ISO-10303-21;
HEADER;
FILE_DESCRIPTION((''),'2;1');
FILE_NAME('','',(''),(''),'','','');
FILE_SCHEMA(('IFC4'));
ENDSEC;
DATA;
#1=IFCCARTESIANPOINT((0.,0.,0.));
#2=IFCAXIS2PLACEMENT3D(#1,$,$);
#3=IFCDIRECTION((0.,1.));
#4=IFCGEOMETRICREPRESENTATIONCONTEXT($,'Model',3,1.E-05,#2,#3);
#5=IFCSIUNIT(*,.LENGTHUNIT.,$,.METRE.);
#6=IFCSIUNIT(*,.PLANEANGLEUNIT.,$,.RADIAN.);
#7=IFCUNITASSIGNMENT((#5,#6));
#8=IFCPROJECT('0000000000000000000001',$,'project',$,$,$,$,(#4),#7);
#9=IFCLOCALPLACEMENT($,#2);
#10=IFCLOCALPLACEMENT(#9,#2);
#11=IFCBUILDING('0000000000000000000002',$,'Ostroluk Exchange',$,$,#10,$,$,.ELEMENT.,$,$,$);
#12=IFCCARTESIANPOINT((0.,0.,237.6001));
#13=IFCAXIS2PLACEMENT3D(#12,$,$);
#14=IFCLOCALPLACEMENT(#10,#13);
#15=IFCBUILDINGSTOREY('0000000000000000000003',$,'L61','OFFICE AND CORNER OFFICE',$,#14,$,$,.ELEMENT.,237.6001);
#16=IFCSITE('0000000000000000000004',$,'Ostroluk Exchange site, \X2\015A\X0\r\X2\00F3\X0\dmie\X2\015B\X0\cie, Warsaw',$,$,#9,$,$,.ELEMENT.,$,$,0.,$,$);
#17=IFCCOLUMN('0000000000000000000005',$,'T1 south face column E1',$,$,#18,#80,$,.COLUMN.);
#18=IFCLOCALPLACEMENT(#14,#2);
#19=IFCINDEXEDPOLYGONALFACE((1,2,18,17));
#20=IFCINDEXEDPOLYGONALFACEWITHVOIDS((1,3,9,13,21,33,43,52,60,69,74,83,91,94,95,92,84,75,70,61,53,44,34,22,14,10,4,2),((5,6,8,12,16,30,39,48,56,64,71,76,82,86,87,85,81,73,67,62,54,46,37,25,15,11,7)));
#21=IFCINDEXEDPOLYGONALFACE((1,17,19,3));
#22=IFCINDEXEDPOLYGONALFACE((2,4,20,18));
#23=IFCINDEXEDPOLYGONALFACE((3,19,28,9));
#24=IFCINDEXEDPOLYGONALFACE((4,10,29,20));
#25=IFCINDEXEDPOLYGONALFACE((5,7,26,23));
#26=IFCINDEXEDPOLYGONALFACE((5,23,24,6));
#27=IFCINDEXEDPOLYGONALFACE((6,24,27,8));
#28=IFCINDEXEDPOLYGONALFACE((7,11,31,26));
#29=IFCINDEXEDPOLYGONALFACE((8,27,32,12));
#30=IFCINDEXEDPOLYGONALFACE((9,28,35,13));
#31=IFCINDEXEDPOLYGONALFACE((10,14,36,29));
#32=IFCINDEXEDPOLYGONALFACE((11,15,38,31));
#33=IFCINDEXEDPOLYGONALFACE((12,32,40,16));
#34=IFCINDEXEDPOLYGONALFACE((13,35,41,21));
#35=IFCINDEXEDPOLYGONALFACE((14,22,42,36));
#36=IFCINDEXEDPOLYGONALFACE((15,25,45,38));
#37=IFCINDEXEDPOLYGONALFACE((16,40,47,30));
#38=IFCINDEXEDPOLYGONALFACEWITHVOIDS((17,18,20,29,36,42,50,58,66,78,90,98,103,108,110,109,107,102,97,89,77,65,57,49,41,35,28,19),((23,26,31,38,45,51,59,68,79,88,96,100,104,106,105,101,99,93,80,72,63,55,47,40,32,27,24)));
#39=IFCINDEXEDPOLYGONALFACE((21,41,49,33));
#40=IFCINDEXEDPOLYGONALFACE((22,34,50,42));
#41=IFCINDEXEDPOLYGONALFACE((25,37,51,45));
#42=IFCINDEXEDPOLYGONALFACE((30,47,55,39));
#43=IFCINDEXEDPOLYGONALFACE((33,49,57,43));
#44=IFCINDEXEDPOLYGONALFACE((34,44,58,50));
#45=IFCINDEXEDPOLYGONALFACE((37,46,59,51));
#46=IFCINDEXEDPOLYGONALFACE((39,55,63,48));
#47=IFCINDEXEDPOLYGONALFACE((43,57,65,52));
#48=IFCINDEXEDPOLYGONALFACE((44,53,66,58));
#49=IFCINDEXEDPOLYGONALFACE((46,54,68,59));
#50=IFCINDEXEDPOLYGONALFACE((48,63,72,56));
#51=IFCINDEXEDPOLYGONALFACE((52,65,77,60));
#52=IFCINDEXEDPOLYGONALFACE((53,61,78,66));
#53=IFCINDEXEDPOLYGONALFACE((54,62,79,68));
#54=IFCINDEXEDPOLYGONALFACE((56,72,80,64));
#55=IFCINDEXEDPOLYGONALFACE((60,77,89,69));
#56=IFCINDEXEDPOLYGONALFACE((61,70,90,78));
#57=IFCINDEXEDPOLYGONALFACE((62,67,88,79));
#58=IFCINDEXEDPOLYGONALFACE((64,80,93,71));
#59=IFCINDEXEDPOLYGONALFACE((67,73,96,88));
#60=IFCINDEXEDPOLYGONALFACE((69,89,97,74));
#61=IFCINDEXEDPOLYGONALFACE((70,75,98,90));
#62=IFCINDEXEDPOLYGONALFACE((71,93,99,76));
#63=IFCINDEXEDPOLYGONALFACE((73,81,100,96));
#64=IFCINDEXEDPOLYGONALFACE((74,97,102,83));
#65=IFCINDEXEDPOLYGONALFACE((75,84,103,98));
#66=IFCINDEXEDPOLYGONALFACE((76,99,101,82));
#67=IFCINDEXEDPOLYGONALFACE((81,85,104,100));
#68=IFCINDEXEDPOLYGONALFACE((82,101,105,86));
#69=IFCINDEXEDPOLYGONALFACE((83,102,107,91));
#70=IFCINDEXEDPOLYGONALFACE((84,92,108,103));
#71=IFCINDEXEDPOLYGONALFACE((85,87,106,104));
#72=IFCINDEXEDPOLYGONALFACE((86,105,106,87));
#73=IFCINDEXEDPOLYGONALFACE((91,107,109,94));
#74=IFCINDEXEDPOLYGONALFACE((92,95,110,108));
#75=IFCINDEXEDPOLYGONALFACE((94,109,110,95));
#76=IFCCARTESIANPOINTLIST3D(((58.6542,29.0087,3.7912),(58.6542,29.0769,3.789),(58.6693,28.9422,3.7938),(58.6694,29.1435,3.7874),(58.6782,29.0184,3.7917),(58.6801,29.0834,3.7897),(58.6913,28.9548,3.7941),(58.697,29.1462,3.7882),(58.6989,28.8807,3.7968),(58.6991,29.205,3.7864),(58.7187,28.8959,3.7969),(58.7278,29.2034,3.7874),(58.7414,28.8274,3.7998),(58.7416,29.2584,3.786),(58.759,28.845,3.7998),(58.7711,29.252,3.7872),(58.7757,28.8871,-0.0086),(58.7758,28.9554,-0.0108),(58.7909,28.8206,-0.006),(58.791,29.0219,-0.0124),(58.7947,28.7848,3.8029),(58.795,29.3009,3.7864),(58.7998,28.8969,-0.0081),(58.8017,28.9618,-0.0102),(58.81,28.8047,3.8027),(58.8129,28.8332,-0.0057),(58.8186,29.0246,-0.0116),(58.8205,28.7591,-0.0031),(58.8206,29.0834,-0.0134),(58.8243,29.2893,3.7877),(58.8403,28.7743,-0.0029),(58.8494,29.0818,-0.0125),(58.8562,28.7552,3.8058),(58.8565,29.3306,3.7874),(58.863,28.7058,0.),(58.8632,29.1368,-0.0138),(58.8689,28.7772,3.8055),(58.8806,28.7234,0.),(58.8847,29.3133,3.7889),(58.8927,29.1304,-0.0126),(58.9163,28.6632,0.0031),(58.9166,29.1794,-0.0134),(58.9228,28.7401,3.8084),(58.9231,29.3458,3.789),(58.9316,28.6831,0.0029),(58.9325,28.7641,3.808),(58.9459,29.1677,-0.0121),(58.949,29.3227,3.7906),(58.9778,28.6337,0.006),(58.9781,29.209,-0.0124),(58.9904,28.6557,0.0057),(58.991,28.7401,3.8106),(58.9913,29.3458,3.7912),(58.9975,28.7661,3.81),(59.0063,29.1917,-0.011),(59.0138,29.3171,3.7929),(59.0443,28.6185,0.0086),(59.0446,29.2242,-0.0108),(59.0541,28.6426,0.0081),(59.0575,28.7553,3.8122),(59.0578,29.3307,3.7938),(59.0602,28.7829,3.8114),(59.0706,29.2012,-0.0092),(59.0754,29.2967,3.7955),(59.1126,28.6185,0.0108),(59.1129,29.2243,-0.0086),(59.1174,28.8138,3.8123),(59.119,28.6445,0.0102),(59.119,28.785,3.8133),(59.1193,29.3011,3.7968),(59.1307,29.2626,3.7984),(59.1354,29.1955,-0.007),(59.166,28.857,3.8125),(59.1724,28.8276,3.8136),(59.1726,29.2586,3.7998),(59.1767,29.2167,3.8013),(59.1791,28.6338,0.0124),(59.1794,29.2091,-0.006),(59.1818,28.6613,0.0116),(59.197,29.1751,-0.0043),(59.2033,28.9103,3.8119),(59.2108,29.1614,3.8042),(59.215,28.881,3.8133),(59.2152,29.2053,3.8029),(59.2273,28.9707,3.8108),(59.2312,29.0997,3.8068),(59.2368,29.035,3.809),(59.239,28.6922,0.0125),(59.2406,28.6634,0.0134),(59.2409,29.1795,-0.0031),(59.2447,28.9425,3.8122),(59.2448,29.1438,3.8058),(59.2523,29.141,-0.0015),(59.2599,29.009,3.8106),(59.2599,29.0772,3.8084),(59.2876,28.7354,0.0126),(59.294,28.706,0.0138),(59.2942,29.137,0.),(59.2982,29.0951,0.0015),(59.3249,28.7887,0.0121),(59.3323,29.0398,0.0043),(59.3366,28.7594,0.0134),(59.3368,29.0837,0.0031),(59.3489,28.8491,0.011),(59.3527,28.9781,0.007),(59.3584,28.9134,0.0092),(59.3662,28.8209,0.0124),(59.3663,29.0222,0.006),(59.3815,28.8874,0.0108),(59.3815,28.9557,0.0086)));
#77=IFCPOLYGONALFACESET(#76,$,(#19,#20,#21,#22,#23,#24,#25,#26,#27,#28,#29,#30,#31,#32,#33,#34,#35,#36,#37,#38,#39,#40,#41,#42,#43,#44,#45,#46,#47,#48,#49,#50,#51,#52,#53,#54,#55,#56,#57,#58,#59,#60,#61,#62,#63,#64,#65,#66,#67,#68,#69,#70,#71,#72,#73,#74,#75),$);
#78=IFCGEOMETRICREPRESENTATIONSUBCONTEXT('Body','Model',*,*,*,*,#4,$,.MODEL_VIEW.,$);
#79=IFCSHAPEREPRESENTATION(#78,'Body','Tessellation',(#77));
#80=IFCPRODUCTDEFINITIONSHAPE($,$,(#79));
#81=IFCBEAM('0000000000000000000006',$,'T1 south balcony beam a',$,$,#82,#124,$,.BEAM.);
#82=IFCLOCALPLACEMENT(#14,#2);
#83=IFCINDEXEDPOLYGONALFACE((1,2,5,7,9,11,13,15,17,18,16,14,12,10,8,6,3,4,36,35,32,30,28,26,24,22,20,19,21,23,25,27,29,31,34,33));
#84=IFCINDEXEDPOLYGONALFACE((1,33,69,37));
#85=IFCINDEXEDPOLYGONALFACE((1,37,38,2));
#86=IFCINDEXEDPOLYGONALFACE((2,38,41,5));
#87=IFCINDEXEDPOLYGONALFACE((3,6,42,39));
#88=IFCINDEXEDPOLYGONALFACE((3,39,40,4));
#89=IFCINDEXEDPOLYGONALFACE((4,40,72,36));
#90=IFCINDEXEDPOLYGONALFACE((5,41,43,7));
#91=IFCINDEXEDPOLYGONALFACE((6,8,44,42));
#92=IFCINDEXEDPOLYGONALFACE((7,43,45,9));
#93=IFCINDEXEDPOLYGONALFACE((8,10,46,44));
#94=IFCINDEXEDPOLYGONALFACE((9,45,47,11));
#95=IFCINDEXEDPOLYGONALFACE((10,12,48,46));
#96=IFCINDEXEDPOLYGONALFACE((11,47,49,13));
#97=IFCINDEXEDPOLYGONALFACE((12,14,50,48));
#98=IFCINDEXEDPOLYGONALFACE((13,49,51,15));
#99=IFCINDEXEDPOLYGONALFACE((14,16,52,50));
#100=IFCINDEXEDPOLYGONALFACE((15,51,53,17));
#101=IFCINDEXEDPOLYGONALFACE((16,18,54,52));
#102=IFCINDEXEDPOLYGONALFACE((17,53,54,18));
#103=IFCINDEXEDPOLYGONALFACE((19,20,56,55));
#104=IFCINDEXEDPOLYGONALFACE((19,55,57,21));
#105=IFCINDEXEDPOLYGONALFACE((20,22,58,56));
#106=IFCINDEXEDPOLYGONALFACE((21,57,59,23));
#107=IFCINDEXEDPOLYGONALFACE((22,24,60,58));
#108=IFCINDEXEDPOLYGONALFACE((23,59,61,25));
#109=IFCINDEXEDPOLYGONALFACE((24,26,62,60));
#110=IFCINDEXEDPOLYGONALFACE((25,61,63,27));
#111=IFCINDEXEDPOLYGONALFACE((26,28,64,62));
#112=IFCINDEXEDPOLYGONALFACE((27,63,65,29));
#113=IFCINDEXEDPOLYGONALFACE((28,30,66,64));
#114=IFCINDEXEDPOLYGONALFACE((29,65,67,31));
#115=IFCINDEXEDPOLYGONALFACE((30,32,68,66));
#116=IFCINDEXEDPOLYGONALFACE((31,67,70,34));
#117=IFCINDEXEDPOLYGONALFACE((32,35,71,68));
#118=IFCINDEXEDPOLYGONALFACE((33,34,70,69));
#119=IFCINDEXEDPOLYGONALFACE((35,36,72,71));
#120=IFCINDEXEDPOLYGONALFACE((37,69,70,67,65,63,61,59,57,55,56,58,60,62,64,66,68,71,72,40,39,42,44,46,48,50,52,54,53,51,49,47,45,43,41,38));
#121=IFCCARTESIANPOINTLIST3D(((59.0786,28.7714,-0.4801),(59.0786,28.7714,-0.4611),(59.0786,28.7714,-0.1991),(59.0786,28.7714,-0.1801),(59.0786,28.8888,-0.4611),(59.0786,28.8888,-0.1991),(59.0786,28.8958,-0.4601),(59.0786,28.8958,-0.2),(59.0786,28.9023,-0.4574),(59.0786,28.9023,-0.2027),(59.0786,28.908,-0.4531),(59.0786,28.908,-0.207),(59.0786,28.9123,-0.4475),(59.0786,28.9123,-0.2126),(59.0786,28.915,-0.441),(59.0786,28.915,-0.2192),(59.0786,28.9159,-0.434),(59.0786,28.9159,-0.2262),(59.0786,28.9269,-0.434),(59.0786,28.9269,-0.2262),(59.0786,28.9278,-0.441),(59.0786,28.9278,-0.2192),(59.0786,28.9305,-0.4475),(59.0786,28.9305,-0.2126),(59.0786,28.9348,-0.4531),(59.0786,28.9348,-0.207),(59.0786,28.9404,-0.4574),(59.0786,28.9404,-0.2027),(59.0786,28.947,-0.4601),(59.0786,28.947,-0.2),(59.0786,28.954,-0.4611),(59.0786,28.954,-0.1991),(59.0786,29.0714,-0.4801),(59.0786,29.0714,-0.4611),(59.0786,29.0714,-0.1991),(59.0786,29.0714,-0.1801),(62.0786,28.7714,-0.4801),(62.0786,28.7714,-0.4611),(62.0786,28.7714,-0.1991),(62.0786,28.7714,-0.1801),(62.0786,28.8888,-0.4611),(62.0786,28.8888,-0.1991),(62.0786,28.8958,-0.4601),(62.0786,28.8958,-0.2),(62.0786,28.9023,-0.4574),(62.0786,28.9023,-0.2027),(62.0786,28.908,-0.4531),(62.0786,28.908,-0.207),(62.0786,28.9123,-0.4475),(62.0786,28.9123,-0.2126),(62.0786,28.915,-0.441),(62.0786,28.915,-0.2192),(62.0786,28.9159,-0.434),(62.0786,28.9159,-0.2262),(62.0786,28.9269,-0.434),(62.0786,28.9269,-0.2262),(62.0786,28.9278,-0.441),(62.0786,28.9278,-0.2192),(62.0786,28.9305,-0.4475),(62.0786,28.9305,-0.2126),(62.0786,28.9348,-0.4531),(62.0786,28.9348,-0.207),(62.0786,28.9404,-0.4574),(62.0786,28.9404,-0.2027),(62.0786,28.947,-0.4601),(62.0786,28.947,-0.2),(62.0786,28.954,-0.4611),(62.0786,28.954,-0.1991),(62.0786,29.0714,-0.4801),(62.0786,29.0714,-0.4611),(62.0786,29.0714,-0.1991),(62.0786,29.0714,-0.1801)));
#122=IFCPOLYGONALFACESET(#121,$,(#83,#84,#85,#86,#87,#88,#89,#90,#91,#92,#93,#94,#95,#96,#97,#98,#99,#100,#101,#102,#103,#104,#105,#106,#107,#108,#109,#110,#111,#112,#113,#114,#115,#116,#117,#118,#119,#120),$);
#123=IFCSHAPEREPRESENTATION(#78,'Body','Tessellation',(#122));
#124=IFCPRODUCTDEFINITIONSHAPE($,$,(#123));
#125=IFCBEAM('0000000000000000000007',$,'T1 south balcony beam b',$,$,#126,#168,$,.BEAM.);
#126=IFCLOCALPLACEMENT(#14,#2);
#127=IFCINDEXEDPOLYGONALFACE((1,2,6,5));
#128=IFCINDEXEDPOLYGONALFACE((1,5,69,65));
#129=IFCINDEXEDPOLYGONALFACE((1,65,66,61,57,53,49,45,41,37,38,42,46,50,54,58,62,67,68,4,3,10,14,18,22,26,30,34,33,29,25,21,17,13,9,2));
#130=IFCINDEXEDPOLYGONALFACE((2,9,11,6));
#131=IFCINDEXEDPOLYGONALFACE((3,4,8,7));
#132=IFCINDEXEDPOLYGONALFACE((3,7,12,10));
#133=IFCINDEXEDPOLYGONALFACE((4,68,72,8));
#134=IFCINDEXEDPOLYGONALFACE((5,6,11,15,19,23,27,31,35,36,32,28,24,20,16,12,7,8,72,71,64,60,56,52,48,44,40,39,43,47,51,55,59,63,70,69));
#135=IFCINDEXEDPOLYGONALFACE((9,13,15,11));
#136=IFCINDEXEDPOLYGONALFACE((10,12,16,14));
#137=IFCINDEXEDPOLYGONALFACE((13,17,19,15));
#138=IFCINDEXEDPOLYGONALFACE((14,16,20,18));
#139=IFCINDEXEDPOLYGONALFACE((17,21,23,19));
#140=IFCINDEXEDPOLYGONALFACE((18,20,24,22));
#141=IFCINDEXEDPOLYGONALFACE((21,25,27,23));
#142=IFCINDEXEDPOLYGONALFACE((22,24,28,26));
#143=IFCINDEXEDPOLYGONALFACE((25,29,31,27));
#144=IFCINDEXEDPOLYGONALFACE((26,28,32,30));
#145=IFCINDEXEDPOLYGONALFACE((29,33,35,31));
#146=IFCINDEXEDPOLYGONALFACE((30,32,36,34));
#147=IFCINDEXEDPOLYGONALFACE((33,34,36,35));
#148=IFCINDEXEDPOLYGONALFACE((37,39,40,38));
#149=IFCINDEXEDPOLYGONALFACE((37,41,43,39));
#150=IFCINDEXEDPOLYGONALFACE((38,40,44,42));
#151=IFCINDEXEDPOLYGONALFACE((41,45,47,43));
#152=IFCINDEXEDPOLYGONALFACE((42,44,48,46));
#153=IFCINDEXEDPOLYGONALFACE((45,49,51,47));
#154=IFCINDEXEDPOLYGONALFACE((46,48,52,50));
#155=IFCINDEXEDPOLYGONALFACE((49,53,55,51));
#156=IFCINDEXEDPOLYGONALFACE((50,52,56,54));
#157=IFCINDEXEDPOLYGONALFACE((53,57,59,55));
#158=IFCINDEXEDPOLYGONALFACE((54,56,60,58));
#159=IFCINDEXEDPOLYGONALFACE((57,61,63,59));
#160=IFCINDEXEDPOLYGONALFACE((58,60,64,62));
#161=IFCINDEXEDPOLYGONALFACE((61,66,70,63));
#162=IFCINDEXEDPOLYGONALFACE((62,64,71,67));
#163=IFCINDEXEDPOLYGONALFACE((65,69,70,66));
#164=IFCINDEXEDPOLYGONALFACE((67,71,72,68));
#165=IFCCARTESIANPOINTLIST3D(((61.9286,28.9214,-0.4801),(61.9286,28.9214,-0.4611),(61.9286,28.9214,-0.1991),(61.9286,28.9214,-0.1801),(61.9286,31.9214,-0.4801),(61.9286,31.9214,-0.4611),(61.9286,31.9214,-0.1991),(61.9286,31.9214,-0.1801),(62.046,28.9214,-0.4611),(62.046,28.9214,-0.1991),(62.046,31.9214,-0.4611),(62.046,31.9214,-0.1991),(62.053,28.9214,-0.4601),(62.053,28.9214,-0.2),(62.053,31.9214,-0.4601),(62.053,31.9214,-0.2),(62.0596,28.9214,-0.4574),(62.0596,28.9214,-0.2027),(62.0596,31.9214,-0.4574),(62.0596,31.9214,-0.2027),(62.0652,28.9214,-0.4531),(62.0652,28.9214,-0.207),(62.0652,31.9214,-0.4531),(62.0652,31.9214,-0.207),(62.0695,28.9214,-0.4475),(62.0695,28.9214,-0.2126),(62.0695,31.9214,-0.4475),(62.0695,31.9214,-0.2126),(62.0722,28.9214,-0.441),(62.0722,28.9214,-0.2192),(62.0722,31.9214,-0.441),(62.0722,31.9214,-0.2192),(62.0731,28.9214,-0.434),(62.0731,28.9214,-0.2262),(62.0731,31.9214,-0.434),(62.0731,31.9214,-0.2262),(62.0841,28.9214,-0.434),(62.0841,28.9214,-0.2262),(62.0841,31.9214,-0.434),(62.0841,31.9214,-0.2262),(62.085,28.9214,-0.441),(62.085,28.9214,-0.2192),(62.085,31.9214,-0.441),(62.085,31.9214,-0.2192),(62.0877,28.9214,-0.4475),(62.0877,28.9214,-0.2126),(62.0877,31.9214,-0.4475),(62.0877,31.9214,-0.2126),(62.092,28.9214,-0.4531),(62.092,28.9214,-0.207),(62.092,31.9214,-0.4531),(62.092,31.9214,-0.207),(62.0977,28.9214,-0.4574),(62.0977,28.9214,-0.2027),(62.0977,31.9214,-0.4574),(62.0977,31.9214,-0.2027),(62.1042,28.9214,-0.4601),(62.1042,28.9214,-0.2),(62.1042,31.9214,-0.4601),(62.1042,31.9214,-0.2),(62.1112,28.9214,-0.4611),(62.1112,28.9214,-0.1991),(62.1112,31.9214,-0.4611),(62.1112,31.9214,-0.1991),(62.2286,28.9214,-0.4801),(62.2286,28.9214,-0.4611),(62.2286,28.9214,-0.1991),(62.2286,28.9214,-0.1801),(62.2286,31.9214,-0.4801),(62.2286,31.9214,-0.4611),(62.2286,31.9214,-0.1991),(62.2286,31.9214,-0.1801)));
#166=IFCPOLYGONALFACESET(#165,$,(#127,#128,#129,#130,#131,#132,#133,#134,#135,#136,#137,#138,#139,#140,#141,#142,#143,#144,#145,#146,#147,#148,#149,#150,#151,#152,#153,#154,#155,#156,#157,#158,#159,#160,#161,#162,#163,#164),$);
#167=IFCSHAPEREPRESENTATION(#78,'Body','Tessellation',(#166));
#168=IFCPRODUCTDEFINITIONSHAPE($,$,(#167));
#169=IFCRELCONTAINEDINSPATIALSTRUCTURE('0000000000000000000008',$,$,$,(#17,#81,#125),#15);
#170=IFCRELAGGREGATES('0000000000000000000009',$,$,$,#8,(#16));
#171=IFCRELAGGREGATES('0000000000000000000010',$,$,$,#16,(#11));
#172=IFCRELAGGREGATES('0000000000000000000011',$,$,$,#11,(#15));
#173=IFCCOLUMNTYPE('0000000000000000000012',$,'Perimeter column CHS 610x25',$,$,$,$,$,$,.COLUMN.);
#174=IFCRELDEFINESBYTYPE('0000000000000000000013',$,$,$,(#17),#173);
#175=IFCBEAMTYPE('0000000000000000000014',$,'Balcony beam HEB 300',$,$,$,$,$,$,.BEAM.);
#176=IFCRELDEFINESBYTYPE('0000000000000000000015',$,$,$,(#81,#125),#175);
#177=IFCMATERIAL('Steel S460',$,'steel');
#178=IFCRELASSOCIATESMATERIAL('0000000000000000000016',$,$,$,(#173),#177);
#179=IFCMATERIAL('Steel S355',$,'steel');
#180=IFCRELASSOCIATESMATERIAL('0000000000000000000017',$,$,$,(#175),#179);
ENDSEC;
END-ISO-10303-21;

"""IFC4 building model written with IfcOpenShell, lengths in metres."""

from ifc_helpers import new_model, si_unit, direction, frame, origin, origin_2d, place, context, subcontext, project, spatial, hollow_circle, i_section, extrude, material, material_profile, profile_set, type_object, element, save


model = new_model("IFC4")

# Units and contexts
model_context = context("Model", 3, precision=1e-05, world=origin(), true_north=direction((0.0, 1.0)))
body_context = subcontext(model_context, "Body", "Model", "MODEL_VIEW")
ifc_project = project(units=[si_unit("LENGTHUNIT", "METRE"), si_unit("PLANEANGLEUNIT", "RADIAN")], contexts=[model_context])

# Site, building, storey
site_placement = place(None, origin())
site = spatial("IfcSite", under=ifc_project, at=site_placement, Name="Ostroluk Exchange site, Śródmieście, Warsaw", CompositionType="ELEMENT", RefElevation=0.0)
building_placement = place(site_placement, origin())
building = spatial("IfcBuilding", under=site, at=building_placement, Name="Ostroluk Exchange", CompositionType="ELEMENT")
storey_placement = place(building_placement, frame((0.0, 0.0, 237.6001)))
storey = spatial("IfcBuildingStorey", under=building, at=storey_placement, Name="L61", Description="OFFICE AND CORNER OFFICE", CompositionType="ELEMENT", Elevation=237.6001)

# Column
ifc_material_1 = material(Name="Steel S460", Category="steel")
ifc_material_profile_1 = material_profile(ifc_material_1, hollow_circle(Radius=0.3049, WallThickness=0.0249, at=origin_2d()), Name="CHS 610x25")
ifc_profile_set_1 = profile_set([ifc_material_profile_1], Name="Steel S460")
column_type_1 = type_object("IfcColumnType", Name="Perimeter column CHS 610x25", PredefinedType="COLUMN", material=ifc_profile_set_1)
column_1_placement = place(storey_placement, frame((59.0786, 28.9214, 0.0), z_axis=(-0.031964, 0.031964, 0.998978), x_axis=(-0.707107, -0.707107, 0.0)))
element("IfcColumn", 1, at=column_1_placement, inside=storey, type_object=column_type_1, Name="T1 south face column E1", PredefinedType="COLUMN", context=body_context, shape_type="SweptSolid", body=[
    extrude(hollow_circle(Radius=0.3049, WallThickness=0.0249, at=origin_2d()), origin(), (0.0, 0.0, 1.0), 3.8037),
])

# Beams
ifc_material_2 = material(Name="Steel S355", Category="steel")
ifc_material_profile_2 = material_profile(ifc_material_2, i_section(OverallWidth=0.3, OverallDepth=0.3, WebThickness=0.011, FlangeThickness=0.019, FilletRadius=0.0271, at=origin_2d()), Name="HEB 300")
ifc_profile_set_2 = profile_set([ifc_material_profile_2], Name="Steel S355")
beam_type_1 = type_object("IfcBeamType", Name="Balcony beam HEB 300", PredefinedType="BEAM", material=ifc_profile_set_2)
for number, where, z_axis, x_axis, name in (
    (2, (59.0786, 28.9214, -0.3301), (1.0, 0.0, 0.0), (0.0, 1.0, 0.0), "T1 south balcony beam a"),
    (3, (62.0786, 31.9214, -0.3301), (0.0, -1.0, 0.0), (1.0, 0.0, 0.0), "T1 south balcony beam b"),
):
    element("IfcBeam", number, at=place(storey_placement, frame(where, z_axis=z_axis, x_axis=x_axis)), inside=storey, type_object=beam_type_1, Name=name, PredefinedType="BEAM", context=body_context, shape_type="SweptSolid", body=[
        extrude(i_section(OverallWidth=0.3, OverallDepth=0.3, WebThickness=0.011, FlangeThickness=0.019, FilletRadius=0.0271, at=origin_2d()), origin(), (0.0, 0.0, 1.0), 3.0),
    ])

save(model, "model.ifc")
